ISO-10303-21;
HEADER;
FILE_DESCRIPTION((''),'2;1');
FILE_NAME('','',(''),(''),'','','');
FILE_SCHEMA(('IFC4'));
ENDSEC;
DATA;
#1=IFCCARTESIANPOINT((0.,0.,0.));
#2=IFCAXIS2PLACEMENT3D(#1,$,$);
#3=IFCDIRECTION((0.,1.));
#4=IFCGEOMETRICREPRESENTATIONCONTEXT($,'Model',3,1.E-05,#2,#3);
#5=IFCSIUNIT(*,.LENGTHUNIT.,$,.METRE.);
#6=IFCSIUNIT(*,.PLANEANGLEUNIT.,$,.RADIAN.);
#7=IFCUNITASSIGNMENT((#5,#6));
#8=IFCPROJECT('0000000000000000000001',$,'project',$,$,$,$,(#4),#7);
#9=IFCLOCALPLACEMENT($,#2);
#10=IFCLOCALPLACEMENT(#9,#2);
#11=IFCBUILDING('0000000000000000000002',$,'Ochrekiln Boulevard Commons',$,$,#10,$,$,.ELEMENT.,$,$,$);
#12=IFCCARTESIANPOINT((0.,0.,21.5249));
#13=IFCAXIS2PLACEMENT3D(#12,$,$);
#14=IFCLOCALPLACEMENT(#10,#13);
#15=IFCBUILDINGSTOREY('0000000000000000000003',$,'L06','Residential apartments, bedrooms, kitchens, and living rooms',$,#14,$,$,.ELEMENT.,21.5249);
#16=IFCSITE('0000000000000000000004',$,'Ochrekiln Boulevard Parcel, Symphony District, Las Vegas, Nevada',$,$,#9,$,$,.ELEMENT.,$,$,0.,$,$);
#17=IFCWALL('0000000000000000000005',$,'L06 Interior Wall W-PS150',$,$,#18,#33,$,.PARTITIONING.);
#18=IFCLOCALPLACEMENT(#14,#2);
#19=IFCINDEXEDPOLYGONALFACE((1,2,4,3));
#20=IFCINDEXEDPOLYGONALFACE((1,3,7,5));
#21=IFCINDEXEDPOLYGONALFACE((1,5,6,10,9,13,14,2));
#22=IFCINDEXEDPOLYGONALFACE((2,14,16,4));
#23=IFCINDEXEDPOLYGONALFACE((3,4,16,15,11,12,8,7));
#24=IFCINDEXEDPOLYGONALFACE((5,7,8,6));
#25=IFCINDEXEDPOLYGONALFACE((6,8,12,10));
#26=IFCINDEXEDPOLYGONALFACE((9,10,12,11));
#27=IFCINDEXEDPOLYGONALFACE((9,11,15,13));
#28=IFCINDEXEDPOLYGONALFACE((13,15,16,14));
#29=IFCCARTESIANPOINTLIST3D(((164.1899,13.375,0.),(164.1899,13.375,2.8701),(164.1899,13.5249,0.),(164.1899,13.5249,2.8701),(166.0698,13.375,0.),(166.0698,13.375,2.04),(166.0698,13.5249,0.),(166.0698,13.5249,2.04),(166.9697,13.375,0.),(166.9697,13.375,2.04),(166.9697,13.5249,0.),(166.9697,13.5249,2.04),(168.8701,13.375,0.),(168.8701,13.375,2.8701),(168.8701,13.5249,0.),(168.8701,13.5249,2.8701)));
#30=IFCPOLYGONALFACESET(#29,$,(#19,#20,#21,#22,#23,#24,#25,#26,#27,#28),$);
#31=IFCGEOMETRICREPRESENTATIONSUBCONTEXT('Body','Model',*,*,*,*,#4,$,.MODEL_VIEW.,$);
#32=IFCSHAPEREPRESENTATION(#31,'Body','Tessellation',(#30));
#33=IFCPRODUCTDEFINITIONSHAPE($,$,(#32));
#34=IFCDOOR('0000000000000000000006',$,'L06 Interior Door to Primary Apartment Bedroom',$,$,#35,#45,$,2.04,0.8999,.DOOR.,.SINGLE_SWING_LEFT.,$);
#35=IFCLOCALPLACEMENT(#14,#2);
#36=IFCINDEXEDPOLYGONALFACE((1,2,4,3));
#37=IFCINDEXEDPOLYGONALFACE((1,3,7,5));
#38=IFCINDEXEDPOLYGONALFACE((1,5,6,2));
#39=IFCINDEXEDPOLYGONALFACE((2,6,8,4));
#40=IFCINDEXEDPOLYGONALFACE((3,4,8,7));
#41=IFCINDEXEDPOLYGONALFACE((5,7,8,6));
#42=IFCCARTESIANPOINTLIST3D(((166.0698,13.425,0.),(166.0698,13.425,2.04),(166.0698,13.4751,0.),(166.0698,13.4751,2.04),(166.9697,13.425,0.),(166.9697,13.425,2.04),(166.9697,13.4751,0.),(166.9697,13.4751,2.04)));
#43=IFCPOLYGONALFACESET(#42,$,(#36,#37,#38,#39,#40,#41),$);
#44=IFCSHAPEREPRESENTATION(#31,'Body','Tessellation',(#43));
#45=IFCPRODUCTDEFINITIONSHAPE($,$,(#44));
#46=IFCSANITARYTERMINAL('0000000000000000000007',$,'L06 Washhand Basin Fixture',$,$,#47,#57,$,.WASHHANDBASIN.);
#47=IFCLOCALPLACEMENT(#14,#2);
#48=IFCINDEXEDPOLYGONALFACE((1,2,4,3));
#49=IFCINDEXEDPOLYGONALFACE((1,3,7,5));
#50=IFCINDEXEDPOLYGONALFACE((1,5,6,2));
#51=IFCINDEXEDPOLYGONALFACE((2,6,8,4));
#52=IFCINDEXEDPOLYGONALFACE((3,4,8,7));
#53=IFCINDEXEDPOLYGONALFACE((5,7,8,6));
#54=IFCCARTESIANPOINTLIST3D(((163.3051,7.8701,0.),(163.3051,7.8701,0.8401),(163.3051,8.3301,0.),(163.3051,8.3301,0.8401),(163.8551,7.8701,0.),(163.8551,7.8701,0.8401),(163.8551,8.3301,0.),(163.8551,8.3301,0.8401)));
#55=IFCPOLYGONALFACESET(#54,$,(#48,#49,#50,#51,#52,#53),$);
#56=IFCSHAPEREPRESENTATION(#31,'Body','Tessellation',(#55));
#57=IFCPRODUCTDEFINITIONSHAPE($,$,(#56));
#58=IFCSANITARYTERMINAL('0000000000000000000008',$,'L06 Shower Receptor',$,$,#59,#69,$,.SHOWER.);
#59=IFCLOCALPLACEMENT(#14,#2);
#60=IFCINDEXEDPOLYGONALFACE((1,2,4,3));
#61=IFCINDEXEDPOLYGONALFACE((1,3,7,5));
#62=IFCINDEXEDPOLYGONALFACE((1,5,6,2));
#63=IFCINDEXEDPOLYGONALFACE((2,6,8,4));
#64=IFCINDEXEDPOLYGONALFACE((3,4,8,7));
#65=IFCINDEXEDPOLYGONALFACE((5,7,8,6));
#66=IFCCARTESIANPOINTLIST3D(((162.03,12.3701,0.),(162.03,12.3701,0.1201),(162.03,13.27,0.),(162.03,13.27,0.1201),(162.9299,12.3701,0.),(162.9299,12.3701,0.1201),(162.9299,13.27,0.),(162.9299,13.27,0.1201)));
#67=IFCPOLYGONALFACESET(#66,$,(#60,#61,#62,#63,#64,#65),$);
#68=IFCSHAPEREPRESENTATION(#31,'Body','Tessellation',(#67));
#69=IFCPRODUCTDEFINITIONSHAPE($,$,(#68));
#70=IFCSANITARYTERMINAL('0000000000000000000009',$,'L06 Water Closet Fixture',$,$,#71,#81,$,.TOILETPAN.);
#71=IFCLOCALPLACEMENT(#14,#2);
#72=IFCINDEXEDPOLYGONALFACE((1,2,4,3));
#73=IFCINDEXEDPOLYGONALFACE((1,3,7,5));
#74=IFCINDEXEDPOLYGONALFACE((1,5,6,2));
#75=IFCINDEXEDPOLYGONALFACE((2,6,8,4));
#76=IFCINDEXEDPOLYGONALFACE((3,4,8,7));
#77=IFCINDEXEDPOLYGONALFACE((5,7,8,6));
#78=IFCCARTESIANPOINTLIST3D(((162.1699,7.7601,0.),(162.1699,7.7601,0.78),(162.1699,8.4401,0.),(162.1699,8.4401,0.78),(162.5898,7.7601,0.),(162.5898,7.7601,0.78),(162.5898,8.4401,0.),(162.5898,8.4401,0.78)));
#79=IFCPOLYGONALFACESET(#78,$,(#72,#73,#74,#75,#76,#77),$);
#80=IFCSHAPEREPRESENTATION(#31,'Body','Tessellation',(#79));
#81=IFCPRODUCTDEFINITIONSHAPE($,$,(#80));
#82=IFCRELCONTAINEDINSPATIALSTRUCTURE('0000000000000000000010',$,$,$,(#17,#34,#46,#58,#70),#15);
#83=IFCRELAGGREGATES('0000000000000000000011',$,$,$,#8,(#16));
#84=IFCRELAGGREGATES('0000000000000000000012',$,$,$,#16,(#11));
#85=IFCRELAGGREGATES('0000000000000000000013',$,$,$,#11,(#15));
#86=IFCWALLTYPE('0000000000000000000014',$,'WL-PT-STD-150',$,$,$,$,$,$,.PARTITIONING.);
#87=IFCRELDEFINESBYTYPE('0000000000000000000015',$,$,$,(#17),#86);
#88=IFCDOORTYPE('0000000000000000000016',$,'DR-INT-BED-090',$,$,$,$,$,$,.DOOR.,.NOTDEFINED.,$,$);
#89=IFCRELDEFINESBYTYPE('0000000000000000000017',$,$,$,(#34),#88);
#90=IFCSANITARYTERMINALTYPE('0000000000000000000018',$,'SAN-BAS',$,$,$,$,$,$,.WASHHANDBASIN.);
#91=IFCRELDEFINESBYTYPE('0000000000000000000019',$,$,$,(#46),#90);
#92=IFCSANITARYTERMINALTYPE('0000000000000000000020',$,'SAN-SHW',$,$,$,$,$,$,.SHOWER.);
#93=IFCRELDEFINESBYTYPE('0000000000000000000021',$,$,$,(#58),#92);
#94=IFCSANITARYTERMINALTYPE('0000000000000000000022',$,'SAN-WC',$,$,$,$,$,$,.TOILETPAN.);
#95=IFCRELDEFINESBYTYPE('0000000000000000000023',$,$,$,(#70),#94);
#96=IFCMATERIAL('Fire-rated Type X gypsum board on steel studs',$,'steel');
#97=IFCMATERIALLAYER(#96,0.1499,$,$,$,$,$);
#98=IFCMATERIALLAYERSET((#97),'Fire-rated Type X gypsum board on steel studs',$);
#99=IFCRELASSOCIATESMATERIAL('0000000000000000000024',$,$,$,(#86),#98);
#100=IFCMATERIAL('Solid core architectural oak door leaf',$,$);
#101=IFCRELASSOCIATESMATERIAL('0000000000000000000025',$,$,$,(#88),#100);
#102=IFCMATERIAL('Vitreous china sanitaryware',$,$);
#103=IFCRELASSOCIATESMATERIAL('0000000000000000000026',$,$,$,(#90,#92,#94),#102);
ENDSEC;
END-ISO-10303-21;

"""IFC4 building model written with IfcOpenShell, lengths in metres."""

from ifc_helpers import new_model, si_unit, direction, frame, frame_2d, origin, origin_2d, place, context, subcontext, project, spatial, rectangle, extrude, material, layer, layer_set, type_object, element, fill, save


model = new_model("IFC4")

# Units and contexts
model_context = context("Model", 3, precision=1e-05, world=origin(), true_north=direction((0.0, 1.0)))
body_context = subcontext(model_context, "Body", "Model", "MODEL_VIEW")
ifc_project = project(units=[si_unit("LENGTHUNIT", "METRE"), si_unit("PLANEANGLEUNIT", "RADIAN")], contexts=[model_context])

# Site, building, storey
site_placement = place(None, origin())
site = spatial("IfcSite", under=ifc_project, at=site_placement, Name="Ochrekiln Boulevard Parcel, Symphony District, Las Vegas, Nevada", CompositionType="ELEMENT", RefElevation=0.0)
building_placement = place(site_placement, origin())
building = spatial("IfcBuilding", under=site, at=building_placement, Name="Ochrekiln Boulevard Commons", CompositionType="ELEMENT")
storey_placement = place(building_placement, frame((0.0, 0.0, 21.5249)))
storey = spatial("IfcBuildingStorey", under=building, at=storey_placement, Name="L06", Description="Residential apartments, bedrooms, kitchens, and living rooms", CompositionType="ELEMENT", Elevation=21.5249)

# Shared definitions
ifc_material_1 = material(Name="Solid core architectural oak door leaf")

# Wall, opening, door
ifc_material_2 = material(Name="Fire-rated Type X gypsum board on steel studs", Category="steel")
ifc_layer_1 = layer(ifc_material_2, 0.1499)
ifc_layer_set_1 = layer_set([ifc_layer_1], Name="Fire-rated Type X gypsum board on steel studs")
wall_type_1 = type_object("IfcWallType", Name="WL-PT-STD-150", PredefinedType="PARTITIONING", material=ifc_layer_set_1)
wall_1_placement = place(storey_placement, frame((164.1899, 13.45, 0.0), z_axis=(0.0, 0.0, 1.0), x_axis=(1.0, 0.0, 0.0)))
wall_1 = element("IfcWall", 1, at=wall_1_placement, inside=storey, type_object=wall_type_1, Name="L06 Interior Wall W-PS150", PredefinedType="PARTITIONING", context=body_context, shape_type="SweptSolid", body=[
    extrude(rectangle(XDim=4.6802, YDim=0.1499, at=frame_2d((2.3401, 0.0))), origin(), (0.0, 0.0, 1.0), 2.8701),
])
opening_1_placement = place(wall_1_placement, frame((1.8799, 0.0, 0.0)))
opening_1 = element("IfcOpeningElement", 2, at=opening_1_placement, cuts=wall_1, PredefinedType="OPENING", context=body_context, shape_type="SweptSolid", body=[
    extrude(rectangle(XDim=0.8999, YDim=2.04, at=frame_2d((0.45, 1.02))), frame((0.0, 0.085, 0.0), z_axis=(0.0, -1.0, 0.0), x_axis=(1.0, 0.0, 0.0)), (0.0, 0.0, 1.0), 0.1699),
])
door_type_1 = type_object("IfcDoorType", Name="DR-INT-BED-090", OperationType="NOTDEFINED", PredefinedType="DOOR", material=ifc_material_1)
door_1_placement = place(opening_1_placement, frame((0.8999, 0.0, 0.0), z_axis=(0.0, 0.0, 1.0), x_axis=(-1.0, 0.0, 0.0)))
door_1 = element("IfcDoor", 3, at=door_1_placement, inside=storey, type_object=door_type_1, Name="L06 Interior Door to Primary Apartment Bedroom", OperationType="SINGLE_SWING_LEFT", OverallHeight=2.04, OverallWidth=0.8999, PredefinedType="DOOR", context=body_context, shape_type="SweptSolid", body=[
    extrude(rectangle(XDim=0.8999, YDim=2.04, at=frame_2d((0.45, 1.02))), frame((0.0, 0.0249, 0.0), z_axis=(0.0, -1.0, 0.0), x_axis=(1.0, 0.0, 0.0)), (0.0, 0.0, 1.0), 0.05),
])
fill(opening_1, door_1)

# Sanitary terminals
ifc_material_3 = material(Name="Vitreous china sanitaryware")
sanitary_terminal_type_1 = type_object("IfcSanitaryTerminalType", Name="SAN-BAS", PredefinedType="WASHHANDBASIN", material=ifc_material_3)
sanitary_terminal_1_placement = place(storey_placement, frame((163.5801, 8.1001, 0.0), z_axis=(0.0, 0.0, 1.0), x_axis=(1.0, 0.0, 0.0)))
element("IfcSanitaryTerminal", 4, at=sanitary_terminal_1_placement, inside=storey, type_object=sanitary_terminal_type_1, Name="L06 Washhand Basin Fixture", PredefinedType="WASHHANDBASIN", context=body_context, shape_type="SweptSolid", body=[
    extrude(rectangle(XDim=0.55, YDim=0.46, at=origin_2d()), origin(), (0.0, 0.0, 1.0), 0.8401),
])
sanitary_terminal_type_2 = type_object("IfcSanitaryTerminalType", Name="SAN-SHW", PredefinedType="SHOWER", material=ifc_material_3)
sanitary_terminal_2_placement = place(storey_placement, frame((162.48, 12.8201, 0.0), z_axis=(0.0, 0.0, 1.0), x_axis=(1.0, 0.0, 0.0)))
element("IfcSanitaryTerminal", 5, at=sanitary_terminal_2_placement, inside=storey, type_object=sanitary_terminal_type_2, Name="L06 Shower Receptor", PredefinedType="SHOWER", context=body_context, shape_type="SweptSolid", body=[
    extrude(rectangle(XDim=0.8999, YDim=0.8999, at=origin_2d()), origin(), (0.0, 0.0, 1.0), 0.1201),
])
sanitary_terminal_type_3 = type_object("IfcSanitaryTerminalType", Name="SAN-WC", PredefinedType="TOILETPAN", material=ifc_material_3)
sanitary_terminal_3_placement = place(storey_placement, frame((162.3799, 8.1001, 0.0), z_axis=(0.0, 0.0, 1.0), x_axis=(1.0, 0.0, 0.0)))
element("IfcSanitaryTerminal", 6, at=sanitary_terminal_3_placement, inside=storey, type_object=sanitary_terminal_type_3, Name="L06 Water Closet Fixture", PredefinedType="TOILETPAN", context=body_context, shape_type="SweptSolid", body=[
    extrude(rectangle(XDim=0.4199, YDim=0.6799, at=origin_2d()), origin(), (0.0, 0.0, 1.0), 0.78),
])

save(model, "model.ifc")
